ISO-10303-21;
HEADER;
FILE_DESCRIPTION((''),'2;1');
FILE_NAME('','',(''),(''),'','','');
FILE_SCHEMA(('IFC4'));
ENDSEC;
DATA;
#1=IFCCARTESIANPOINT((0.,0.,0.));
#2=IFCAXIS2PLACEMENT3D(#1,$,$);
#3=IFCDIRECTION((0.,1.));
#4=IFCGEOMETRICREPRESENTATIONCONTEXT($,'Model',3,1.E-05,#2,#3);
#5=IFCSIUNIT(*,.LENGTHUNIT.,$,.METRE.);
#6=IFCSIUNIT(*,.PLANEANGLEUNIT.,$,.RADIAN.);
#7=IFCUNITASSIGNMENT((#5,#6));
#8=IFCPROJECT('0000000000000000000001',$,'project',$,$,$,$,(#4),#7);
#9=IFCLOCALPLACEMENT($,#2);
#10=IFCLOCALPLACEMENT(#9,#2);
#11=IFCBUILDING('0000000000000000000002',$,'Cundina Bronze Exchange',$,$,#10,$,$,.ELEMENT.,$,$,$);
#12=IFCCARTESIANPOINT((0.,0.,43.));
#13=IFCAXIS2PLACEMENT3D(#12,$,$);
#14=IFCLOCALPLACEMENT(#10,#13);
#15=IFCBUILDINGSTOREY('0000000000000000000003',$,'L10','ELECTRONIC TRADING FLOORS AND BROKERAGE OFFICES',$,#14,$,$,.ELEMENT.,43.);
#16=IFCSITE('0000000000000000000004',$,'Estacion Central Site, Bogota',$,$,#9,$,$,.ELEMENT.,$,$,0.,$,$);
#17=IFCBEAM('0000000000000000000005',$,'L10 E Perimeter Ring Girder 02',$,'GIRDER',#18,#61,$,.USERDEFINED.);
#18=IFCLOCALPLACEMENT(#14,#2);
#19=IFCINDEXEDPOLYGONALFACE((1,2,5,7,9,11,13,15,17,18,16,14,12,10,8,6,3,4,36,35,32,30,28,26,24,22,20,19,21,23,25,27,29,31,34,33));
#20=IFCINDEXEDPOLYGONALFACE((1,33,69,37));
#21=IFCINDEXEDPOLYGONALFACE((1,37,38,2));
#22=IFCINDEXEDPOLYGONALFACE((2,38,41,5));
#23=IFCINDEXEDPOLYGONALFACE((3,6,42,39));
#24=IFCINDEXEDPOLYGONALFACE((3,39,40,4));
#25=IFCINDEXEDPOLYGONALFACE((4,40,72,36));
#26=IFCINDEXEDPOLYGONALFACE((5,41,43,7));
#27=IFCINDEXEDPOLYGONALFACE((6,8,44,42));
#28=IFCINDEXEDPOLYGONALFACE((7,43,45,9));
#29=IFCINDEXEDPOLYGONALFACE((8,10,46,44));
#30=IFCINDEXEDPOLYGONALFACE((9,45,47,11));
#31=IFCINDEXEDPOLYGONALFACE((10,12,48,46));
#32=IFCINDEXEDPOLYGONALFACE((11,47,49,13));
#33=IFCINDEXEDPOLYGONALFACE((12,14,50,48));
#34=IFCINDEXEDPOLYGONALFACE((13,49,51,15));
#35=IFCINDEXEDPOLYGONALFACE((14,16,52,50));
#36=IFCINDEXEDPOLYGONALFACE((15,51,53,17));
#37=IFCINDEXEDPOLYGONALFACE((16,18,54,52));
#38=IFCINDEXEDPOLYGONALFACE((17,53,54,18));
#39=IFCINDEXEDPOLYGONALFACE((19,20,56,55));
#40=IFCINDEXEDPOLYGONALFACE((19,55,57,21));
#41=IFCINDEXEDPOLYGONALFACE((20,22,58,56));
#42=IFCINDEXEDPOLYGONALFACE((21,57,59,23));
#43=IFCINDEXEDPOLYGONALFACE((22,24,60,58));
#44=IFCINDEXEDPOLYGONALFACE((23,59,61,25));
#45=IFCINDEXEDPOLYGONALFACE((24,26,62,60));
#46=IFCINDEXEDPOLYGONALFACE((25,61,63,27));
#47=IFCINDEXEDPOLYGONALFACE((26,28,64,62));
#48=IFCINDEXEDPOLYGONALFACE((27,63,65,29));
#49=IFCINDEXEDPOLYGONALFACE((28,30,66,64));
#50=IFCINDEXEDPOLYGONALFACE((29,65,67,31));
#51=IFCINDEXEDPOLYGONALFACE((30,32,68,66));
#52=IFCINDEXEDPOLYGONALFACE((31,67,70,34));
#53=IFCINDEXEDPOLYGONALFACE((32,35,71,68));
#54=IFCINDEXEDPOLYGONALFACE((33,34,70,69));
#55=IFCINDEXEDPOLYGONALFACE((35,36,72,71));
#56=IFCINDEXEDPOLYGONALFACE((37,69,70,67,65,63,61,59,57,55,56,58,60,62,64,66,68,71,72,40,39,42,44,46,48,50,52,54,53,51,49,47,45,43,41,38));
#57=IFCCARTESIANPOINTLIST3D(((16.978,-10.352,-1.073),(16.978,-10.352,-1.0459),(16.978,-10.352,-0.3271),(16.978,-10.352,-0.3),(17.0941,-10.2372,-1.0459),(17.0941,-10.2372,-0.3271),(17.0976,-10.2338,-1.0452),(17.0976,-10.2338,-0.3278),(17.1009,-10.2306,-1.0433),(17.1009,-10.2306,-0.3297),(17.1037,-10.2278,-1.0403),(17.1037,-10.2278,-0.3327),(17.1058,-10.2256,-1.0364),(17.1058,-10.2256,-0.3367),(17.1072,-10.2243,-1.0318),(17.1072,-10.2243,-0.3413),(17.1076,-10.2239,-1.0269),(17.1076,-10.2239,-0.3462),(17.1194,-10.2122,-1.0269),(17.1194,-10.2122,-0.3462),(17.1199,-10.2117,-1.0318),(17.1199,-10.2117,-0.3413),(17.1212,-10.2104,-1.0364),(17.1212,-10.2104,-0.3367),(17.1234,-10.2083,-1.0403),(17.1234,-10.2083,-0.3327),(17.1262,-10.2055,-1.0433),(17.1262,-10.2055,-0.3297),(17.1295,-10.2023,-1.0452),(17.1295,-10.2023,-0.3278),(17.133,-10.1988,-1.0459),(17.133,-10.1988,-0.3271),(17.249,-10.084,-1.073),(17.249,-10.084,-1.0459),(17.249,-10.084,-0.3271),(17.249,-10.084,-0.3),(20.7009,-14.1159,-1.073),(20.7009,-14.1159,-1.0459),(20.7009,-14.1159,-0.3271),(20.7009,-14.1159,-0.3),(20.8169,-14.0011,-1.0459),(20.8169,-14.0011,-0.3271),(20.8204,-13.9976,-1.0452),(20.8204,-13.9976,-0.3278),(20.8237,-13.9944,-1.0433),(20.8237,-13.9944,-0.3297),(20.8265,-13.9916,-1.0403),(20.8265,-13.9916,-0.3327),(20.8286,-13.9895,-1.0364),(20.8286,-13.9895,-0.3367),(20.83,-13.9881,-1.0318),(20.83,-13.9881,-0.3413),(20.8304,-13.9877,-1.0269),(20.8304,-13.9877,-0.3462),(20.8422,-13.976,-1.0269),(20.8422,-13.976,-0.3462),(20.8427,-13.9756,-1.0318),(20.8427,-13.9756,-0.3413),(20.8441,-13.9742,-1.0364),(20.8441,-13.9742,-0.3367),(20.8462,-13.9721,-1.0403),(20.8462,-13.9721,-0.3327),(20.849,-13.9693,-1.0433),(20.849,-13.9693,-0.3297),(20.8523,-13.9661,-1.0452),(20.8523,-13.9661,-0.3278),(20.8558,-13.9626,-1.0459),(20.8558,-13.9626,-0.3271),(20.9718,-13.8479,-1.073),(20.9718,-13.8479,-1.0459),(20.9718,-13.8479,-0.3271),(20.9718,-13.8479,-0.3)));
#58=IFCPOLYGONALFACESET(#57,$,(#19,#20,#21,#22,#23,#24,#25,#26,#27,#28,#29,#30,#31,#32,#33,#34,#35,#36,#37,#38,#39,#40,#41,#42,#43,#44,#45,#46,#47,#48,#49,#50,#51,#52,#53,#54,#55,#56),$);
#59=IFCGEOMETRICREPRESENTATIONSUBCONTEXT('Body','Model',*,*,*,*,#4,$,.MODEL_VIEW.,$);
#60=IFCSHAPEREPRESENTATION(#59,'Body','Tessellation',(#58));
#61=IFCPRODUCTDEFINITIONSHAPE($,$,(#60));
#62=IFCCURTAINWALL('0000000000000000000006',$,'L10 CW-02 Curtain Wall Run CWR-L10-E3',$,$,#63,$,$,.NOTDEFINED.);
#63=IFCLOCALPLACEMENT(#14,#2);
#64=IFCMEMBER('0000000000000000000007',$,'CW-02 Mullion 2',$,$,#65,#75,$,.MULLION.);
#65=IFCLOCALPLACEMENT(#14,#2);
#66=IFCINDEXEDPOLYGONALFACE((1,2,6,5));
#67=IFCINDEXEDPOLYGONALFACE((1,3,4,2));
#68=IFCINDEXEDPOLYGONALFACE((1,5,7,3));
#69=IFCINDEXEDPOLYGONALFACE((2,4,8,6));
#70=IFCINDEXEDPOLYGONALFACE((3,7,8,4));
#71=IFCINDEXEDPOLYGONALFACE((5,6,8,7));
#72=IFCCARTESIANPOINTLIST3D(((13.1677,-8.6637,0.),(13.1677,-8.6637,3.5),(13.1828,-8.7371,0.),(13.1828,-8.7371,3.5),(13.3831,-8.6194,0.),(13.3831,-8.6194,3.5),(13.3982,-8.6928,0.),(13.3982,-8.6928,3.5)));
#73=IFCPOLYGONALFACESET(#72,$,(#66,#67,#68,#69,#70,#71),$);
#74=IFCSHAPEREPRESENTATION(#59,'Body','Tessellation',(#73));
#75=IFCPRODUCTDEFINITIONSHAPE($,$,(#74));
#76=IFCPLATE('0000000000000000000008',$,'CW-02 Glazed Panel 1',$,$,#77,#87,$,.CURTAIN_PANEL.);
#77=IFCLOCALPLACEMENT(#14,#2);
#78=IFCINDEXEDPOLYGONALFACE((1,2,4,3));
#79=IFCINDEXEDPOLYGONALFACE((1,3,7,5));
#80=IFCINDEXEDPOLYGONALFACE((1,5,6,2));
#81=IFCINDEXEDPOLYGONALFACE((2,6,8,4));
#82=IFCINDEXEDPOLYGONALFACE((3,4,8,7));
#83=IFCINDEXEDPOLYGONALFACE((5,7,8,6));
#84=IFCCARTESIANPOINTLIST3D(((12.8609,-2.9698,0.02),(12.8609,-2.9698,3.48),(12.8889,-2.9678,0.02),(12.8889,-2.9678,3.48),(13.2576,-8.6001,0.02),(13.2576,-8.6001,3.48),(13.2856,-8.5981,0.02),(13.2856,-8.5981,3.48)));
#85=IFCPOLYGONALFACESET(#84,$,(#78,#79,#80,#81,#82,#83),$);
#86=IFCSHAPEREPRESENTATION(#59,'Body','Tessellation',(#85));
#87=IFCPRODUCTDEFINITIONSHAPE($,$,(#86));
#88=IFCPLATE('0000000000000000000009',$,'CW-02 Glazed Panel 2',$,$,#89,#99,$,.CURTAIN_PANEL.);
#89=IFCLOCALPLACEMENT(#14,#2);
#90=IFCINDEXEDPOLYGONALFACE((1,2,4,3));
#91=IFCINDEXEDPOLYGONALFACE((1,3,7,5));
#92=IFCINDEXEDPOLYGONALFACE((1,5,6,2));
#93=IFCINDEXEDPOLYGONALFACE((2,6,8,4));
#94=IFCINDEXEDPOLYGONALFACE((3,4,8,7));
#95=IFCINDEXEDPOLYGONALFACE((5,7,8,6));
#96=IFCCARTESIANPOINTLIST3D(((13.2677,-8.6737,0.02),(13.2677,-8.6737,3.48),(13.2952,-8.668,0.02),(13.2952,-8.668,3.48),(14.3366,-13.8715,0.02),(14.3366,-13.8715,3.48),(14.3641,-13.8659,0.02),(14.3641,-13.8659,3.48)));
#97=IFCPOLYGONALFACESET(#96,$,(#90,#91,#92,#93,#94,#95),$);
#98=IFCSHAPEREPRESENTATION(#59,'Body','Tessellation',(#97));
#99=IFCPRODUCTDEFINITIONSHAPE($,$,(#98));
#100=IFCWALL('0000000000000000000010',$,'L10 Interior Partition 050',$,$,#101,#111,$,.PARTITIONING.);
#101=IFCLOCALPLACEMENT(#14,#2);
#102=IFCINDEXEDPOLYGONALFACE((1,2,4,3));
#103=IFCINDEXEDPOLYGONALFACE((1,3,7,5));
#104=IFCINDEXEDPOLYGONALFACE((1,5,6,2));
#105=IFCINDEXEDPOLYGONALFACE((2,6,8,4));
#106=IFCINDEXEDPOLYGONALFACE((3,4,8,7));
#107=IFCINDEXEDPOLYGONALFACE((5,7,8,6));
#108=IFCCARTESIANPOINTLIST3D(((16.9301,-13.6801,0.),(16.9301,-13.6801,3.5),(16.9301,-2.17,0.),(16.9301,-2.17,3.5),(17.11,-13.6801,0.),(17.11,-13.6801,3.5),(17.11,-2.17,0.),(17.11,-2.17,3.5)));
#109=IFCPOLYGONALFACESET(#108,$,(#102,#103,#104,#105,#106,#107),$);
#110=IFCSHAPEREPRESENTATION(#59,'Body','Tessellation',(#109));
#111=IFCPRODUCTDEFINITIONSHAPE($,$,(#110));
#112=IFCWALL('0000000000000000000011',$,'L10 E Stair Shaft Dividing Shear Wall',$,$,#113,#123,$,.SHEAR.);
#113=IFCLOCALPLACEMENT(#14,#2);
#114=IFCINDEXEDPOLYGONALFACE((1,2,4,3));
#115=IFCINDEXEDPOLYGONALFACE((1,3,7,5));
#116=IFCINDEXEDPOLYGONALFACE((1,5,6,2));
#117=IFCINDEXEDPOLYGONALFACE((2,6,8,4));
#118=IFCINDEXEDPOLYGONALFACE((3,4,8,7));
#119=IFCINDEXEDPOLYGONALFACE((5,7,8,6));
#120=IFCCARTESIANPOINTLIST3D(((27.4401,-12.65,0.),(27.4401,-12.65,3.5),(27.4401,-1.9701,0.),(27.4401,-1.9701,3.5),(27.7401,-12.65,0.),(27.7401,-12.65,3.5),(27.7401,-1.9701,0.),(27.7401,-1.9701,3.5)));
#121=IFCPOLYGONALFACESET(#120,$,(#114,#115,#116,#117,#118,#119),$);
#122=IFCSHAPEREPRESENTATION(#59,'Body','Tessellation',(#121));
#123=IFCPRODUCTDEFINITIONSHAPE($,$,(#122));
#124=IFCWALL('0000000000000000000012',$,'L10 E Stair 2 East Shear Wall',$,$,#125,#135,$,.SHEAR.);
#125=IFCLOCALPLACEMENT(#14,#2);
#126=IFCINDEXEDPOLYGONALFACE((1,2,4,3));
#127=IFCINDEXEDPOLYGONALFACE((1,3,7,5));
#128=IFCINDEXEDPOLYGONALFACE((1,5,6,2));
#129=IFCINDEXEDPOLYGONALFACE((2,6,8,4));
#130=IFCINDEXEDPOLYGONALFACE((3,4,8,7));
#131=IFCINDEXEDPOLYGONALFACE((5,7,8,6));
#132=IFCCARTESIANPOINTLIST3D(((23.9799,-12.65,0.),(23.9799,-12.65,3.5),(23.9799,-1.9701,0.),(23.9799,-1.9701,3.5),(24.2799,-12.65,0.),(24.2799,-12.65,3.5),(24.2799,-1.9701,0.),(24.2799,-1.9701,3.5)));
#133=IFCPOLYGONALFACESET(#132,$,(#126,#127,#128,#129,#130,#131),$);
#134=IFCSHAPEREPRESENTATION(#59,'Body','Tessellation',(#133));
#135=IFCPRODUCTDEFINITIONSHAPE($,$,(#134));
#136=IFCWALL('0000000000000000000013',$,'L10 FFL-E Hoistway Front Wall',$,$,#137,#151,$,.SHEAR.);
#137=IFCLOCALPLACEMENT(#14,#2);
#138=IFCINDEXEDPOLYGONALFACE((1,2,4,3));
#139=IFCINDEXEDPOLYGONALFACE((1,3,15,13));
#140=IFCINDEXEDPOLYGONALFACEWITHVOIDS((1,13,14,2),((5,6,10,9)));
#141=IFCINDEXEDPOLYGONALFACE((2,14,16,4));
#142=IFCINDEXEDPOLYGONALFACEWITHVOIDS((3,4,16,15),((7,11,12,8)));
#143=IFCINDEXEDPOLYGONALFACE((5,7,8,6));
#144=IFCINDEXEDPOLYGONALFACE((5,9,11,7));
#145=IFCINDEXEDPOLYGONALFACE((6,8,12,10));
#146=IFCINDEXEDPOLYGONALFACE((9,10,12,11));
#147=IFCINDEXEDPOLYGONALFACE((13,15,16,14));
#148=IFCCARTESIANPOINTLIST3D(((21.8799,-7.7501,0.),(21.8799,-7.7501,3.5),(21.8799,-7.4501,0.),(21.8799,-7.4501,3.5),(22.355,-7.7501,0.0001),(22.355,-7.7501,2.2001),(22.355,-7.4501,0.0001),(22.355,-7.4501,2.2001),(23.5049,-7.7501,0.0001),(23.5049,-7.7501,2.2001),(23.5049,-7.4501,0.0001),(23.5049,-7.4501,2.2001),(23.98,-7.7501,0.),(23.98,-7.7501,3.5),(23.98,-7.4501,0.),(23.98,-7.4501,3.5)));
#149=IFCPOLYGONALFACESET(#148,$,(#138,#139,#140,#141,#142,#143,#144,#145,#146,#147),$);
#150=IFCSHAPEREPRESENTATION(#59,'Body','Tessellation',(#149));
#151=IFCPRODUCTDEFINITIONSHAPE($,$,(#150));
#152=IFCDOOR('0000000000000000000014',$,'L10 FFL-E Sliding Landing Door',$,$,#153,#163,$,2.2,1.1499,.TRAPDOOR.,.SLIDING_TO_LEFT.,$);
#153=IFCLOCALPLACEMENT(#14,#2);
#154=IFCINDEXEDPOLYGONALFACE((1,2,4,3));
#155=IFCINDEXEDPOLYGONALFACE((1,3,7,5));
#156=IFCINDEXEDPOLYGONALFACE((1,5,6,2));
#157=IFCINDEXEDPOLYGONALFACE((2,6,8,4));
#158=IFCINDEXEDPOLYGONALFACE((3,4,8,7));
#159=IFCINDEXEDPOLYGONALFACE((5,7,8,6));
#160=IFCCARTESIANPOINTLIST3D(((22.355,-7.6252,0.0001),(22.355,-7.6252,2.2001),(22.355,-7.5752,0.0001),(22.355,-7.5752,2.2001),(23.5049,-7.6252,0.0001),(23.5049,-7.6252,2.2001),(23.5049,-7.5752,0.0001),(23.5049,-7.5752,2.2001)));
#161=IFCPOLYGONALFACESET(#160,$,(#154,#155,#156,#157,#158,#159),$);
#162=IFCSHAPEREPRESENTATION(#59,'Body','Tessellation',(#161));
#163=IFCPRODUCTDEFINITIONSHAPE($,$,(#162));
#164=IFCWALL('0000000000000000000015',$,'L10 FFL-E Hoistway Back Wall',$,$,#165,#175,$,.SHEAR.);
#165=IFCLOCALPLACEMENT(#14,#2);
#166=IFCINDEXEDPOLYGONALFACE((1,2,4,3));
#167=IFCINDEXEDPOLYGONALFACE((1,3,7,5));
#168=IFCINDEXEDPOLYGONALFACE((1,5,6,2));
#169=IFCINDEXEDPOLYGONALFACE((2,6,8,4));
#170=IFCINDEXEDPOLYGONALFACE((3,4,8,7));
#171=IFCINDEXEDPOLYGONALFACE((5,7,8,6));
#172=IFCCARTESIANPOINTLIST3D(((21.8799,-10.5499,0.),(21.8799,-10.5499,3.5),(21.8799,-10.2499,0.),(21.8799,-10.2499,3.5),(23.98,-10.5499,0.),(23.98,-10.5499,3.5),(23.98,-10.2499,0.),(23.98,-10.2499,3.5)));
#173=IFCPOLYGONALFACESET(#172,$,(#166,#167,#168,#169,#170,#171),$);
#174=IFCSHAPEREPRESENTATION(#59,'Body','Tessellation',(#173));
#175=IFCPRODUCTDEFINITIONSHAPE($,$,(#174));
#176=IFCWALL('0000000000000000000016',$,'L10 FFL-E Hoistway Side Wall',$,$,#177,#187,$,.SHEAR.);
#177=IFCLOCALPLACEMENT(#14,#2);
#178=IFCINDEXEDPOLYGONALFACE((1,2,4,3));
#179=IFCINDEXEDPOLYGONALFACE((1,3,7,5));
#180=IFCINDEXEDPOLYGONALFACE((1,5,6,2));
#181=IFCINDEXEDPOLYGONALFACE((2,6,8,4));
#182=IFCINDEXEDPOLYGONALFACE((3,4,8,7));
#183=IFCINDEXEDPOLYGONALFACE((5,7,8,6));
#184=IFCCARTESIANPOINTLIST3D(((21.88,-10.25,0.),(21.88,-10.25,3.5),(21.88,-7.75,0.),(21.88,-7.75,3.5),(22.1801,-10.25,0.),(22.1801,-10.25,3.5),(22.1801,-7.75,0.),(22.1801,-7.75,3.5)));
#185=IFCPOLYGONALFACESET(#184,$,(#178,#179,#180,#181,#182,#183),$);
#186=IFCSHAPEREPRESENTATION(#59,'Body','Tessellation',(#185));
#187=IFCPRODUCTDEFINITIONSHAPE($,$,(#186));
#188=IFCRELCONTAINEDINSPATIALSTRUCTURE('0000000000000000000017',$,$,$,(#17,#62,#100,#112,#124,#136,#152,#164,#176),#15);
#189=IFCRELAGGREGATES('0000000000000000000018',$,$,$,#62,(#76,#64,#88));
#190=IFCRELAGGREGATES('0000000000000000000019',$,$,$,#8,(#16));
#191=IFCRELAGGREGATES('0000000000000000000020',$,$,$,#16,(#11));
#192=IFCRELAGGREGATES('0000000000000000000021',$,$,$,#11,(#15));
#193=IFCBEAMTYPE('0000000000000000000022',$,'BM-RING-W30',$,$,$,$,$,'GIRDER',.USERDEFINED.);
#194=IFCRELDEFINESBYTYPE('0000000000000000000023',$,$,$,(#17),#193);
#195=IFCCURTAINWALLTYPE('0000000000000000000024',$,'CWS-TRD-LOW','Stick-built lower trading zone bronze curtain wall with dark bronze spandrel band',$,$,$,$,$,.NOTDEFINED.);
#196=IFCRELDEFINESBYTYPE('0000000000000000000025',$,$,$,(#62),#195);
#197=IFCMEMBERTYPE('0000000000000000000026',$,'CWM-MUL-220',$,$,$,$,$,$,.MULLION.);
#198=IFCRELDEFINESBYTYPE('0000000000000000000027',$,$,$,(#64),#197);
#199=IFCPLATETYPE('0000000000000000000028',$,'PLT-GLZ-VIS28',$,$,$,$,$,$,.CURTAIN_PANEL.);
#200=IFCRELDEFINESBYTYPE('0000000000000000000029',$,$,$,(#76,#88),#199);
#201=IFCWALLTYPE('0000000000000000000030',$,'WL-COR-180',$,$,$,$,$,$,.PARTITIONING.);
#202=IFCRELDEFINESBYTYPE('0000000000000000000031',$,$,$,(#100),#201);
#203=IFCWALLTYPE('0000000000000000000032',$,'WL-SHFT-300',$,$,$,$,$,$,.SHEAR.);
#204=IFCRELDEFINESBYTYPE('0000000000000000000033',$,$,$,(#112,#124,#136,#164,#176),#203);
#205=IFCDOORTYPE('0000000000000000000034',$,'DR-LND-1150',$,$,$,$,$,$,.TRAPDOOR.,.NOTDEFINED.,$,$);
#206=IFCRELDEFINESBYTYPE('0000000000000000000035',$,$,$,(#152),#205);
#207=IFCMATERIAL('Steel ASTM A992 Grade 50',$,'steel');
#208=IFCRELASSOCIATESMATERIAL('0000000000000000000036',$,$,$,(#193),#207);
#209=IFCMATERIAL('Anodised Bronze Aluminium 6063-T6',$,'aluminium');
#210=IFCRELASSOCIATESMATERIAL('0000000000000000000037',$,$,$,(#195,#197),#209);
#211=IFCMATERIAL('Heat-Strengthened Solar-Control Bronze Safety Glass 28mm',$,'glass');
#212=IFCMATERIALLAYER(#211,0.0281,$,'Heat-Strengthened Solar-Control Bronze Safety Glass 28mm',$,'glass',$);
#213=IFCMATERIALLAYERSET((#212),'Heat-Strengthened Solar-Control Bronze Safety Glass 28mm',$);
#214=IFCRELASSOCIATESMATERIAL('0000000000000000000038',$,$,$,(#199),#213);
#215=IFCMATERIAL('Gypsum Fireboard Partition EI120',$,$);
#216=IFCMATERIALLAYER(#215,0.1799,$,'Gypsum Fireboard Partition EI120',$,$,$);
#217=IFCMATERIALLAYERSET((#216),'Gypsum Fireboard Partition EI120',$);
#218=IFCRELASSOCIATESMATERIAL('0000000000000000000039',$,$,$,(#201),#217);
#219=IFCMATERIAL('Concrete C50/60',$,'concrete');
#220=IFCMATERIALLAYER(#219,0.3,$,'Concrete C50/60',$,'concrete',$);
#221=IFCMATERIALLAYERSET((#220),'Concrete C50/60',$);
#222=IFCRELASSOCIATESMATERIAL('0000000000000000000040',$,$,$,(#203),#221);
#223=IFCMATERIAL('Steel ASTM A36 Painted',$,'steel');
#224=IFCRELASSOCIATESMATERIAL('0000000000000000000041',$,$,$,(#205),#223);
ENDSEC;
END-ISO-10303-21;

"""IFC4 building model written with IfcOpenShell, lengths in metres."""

from ifc_helpers import new_model, si_unit, direction, frame, frame_2d, origin, origin_2d, place, context, subcontext, project, spatial, rectangle, i_section, extrude, material, layer, layer_set, material_profile, profile_set, type_object, element, fill, aggregate, save


model = new_model("IFC4")

# Units and contexts
model_context = context("Model", 3, precision=1e-05, world=origin(), true_north=direction((0.0, 1.0)))
body_context = subcontext(model_context, "Body", "Model", "MODEL_VIEW")
ifc_project = project(units=[si_unit("LENGTHUNIT", "METRE"), si_unit("PLANEANGLEUNIT", "RADIAN")], contexts=[model_context])

# Site, building, storey
site_placement = place(None, origin())
site = spatial("IfcSite", under=ifc_project, at=site_placement, Name="Estacion Central Site, Bogota", CompositionType="ELEMENT", RefElevation=0.0)
building_placement = place(site_placement, origin())
building = spatial("IfcBuilding", under=site, at=building_placement, Name="Cundina Bronze Exchange", CompositionType="ELEMENT")
storey_placement = place(building_placement, frame((0.0, 0.0, 43.0)))
storey = spatial("IfcBuildingStorey", under=building, at=storey_placement, Name="L10", Description="ELECTRONIC TRADING FLOORS AND BROKERAGE OFFICES", CompositionType="ELEMENT", Elevation=43.0)

# Beam
ifc_material_1 = material(Name="Steel ASTM A992 Grade 50", Category="steel")
ifc_material_profile_1 = material_profile(ifc_material_1, i_section(OverallWidth=0.3811, OverallDepth=0.7729, WebThickness=0.0166, FlangeThickness=0.0271, FilletRadius=0.019, at=origin_2d()), Name="W30X173", Category="steel")
ifc_profile_set_1 = profile_set([ifc_material_profile_1], Name="Steel ASTM A992 Grade 50")
beam_type_1 = type_object("IfcBeamType", Name="BM-RING-W30", ElementType="GIRDER", PredefinedType="USERDEFINED", material=ifc_profile_set_1)
beam_1_placement = place(storey_placement, frame((17.1135, -10.218, -0.6865), z_axis=(0.703222, -0.71097, 0.0), x_axis=(0.71097, 0.703222, 0.0)))
element("IfcBeam", 1, at=beam_1_placement, inside=storey, type_object=beam_type_1, Name="L10 E Perimeter Ring Girder 02", ObjectType="GIRDER", PredefinedType="USERDEFINED", context=body_context, shape_type="SweptSolid", body=[
    extrude(i_section(OverallWidth=0.3811, OverallDepth=0.7729, WebThickness=0.0166, FlangeThickness=0.0271, FilletRadius=0.019, at=origin_2d()), origin(), (0.0, 0.0, 1.0), 5.2939),
])

# Curtain wall, member, plates
ifc_material_2 = material(Name="Anodised Bronze Aluminium 6063-T6", Category="aluminium")
curtain_wall_type = type_object("IfcCurtainWallType", Name="CWS-TRD-LOW", Description="Stick-built lower trading zone bronze curtain wall with dark bronze spandrel band", PredefinedType="NOTDEFINED", material=ifc_material_2)
curtain_wall_placement = place(storey_placement, origin())
curtain_wall = element("IfcCurtainWall", 2, at=curtain_wall_placement, inside=storey, type_object=curtain_wall_type, Name="L10 CW-02 Curtain Wall Run CWR-L10-E3", PredefinedType="NOTDEFINED")
ifc_material_profile_2 = material_profile(ifc_material_2, rectangle(XDim=0.075, YDim=0.22, at=origin_2d()), Name="AL75X220", Category="aluminium")
ifc_profile_set_2 = profile_set([ifc_material_profile_2], Name="Anodised Bronze Aluminium 6063-T6")
member_type = type_object("IfcMemberType", Name="CWM-MUL-220", PredefinedType="MULLION", material=ifc_profile_set_2)
member_placement = place(storey_placement, frame((13.283, -8.6782, 0.0), z_axis=(0.0, 0.0, 1.0), x_axis=(0.20142, -0.979505, 0.0)))
member = element("IfcMember", 3, at=member_placement, type_object=member_type, Name="CW-02 Mullion 2", PredefinedType="MULLION", context=body_context, shape_type="SweptSolid", body=[
    extrude(rectangle(XDim=0.075, YDim=0.22, at=origin_2d()), origin(), (0.0, 0.0, 1.0), 3.5),
])
ifc_material_3 = material(Name="Heat-Strengthened Solar-Control Bronze Safety Glass 28mm", Category="glass")
ifc_layer_1 = layer(ifc_material_3, 0.0281, Name="Heat-Strengthened Solar-Control Bronze Safety Glass 28mm", Category="glass")
ifc_layer_set_1 = layer_set([ifc_layer_1], Name="Heat-Strengthened Solar-Control Bronze Safety Glass 28mm")
plate_type = type_object("IfcPlateType", Name="PLT-GLZ-VIS28", PredefinedType="CURTAIN_PANEL", material=ifc_layer_set_1)
plate_1_placement = place(storey_placement, frame((13.0732, -5.7839, 0.02), z_axis=(0.0, 0.0, 1.0), x_axis=(0.070279, -0.997527, 0.0)))
plate_1 = element("IfcPlate", 4, at=plate_1_placement, type_object=plate_type, Name="CW-02 Glazed Panel 1", PredefinedType="CURTAIN_PANEL", context=body_context, shape_type="SweptSolid", body=[
    extrude(rectangle(XDim=5.6443, YDim=0.0281, at=origin_2d()), origin(), (0.0, 0.0, 1.0), 3.46),
])
plate_2_placement = place(storey_placement, frame((13.8159, -11.2698, 0.02), z_axis=(0.0, 0.0, 1.0), x_axis=(0.20142, -0.979505, 0.0)))
plate_2 = element("IfcPlate", 5, at=plate_2_placement, type_object=plate_type, Name="CW-02 Glazed Panel 2", PredefinedType="CURTAIN_PANEL", context=body_context, shape_type="SweptSolid", body=[
    extrude(rectangle(XDim=5.3066, YDim=0.0281, at=origin_2d()), origin(), (0.0, 0.0, 1.0), 3.46),
])
aggregate(curtain_wall, [plate_1, member, plate_2])

# Walls
ifc_material_4 = material(Name="Gypsum Fireboard Partition EI120")
ifc_layer_2 = layer(ifc_material_4, 0.1799, Name="Gypsum Fireboard Partition EI120")
ifc_layer_set_2 = layer_set([ifc_layer_2], Name="Gypsum Fireboard Partition EI120")
wall_type_1 = type_object("IfcWallType", Name="WL-COR-180", PredefinedType="PARTITIONING", material=ifc_layer_set_2)
wall_1_placement = place(storey_placement, frame((17.02, -13.6799, 0.0), z_axis=(0.0, 0.0, 1.0), x_axis=(0.0, 1.0, 0.0)))
element("IfcWall", 6, at=wall_1_placement, inside=storey, type_object=wall_type_1, Name="L10 Interior Partition 050", PredefinedType="PARTITIONING", context=body_context, shape_type="SweptSolid", body=[
    extrude(rectangle(XDim=11.51, YDim=0.1799, at=frame_2d((5.7549, 0.0))), origin(), (0.0, 0.0, 1.0), 3.5),
])
ifc_material_5 = material(Name="Concrete C50/60", Category="concrete")
ifc_layer_3 = layer(ifc_material_5, 0.3, Name="Concrete C50/60", Category="concrete")
ifc_layer_set_3 = layer_set([ifc_layer_3], Name="Concrete C50/60")
wall_type_2 = type_object("IfcWallType", Name="WL-SHFT-300", PredefinedType="SHEAR", material=ifc_layer_set_3)
for number, where, z_axis, x_axis, name in (
    (7, (27.5901, -12.6499, 0.0), (0.0, 0.0, 1.0), (0.0, 1.0, 0.0), "L10 E Stair Shaft Dividing Shear Wall"),
    (8, (24.1299, -12.6499, 0.0), (0.0, 0.0, 1.0), (0.0, 1.0, 0.0), "L10 E Stair 2 East Shear Wall"),
):
    element("IfcWall", number, at=place(storey_placement, frame(where, z_axis=z_axis, x_axis=x_axis)), inside=storey, type_object=wall_type_2, Name=name, PredefinedType="SHEAR", context=body_context, shape_type="SweptSolid", body=[
        extrude(rectangle(XDim=10.6799, YDim=0.3, at=frame_2d((5.3398, 0.0))), origin(), (0.0, 0.0, 1.0), 3.5),
    ])

# Wall, opening, door
ifc_material_6 = material(Name="Steel ASTM A36 Painted", Category="steel")
wall_2_placement = place(storey_placement, frame((21.8799, -7.6001, 0.0), z_axis=(0.0, 0.0, 1.0), x_axis=(1.0, 0.0, 0.0)))
wall_2 = element("IfcWall", 9, at=wall_2_placement, inside=storey, type_object=wall_type_2, Name="L10 FFL-E Hoistway Front Wall", PredefinedType="SHEAR", context=body_context, shape_type="SweptSolid", body=[
    extrude(rectangle(XDim=2.1001, YDim=0.3, at=frame_2d((1.05, 0.0))), origin(), (0.0, 0.0, 1.0), 3.5),
])
opening_1_placement = place(wall_2_placement, frame((0.4751, 0.0, 0.0)))
opening_1 = element("IfcOpeningElement", 10, at=opening_1_placement, cuts=wall_2, PredefinedType="OPENING", context=body_context, shape_type="SweptSolid", body=[
    extrude(rectangle(XDim=1.1499, YDim=2.2, at=frame_2d((0.575, 1.1001))), frame((0.0, 0.1599, 0.0), z_axis=(0.0, -1.0, 0.0), x_axis=(1.0, 0.0, 0.0)), (0.0, 0.0, 1.0), 0.3201),
])
door_type_1 = type_object("IfcDoorType", Name="DR-LND-1150", OperationType="NOTDEFINED", PredefinedType="TRAPDOOR", material=ifc_material_6)
door_1_placement = place(opening_1_placement, origin())
door_1 = element("IfcDoor", 11, at=door_1_placement, inside=storey, type_object=door_type_1, Name="L10 FFL-E Sliding Landing Door", OperationType="SLIDING_TO_LEFT", OverallHeight=2.2, OverallWidth=1.1499, PredefinedType="TRAPDOOR", context=body_context, shape_type="SweptSolid", body=[
    extrude(rectangle(XDim=1.1499, YDim=2.2, at=frame_2d((0.575, 1.1001))), frame((0.0, 0.0249, 0.0), z_axis=(0.0, -1.0, 0.0), x_axis=(1.0, 0.0, 0.0)), (0.0, 0.0, 1.0), 0.05),
])
fill(opening_1, door_1)

# Walls
wall_3_placement = place(storey_placement, frame((21.8799, -10.3999, 0.0), z_axis=(0.0, 0.0, 1.0), x_axis=(1.0, 0.0, 0.0)))
element("IfcWall", 12, at=wall_3_placement, inside=storey, type_object=wall_type_2, Name="L10 FFL-E Hoistway Back Wall", PredefinedType="SHEAR", context=body_context, shape_type="SweptSolid", body=[
    extrude(rectangle(XDim=2.1001, YDim=0.3, at=frame_2d((1.05, 0.0))), origin(), (0.0, 0.0, 1.0), 3.5),
])
wall_4_placement = place(storey_placement, frame((22.03, -10.25, 0.0), z_axis=(0.0, 0.0, 1.0), x_axis=(0.0, 1.0, 0.0)))
element("IfcWall", 13, at=wall_4_placement, inside=storey, type_object=wall_type_2, Name="L10 FFL-E Hoistway Side Wall", PredefinedType="SHEAR", context=body_context, shape_type="SweptSolid", body=[
    extrude(rectangle(XDim=2.5, YDim=0.3, at=frame_2d((1.25, 0.0))), origin(), (0.0, 0.0, 1.0), 3.5),
])

save(model, "model.ifc")
